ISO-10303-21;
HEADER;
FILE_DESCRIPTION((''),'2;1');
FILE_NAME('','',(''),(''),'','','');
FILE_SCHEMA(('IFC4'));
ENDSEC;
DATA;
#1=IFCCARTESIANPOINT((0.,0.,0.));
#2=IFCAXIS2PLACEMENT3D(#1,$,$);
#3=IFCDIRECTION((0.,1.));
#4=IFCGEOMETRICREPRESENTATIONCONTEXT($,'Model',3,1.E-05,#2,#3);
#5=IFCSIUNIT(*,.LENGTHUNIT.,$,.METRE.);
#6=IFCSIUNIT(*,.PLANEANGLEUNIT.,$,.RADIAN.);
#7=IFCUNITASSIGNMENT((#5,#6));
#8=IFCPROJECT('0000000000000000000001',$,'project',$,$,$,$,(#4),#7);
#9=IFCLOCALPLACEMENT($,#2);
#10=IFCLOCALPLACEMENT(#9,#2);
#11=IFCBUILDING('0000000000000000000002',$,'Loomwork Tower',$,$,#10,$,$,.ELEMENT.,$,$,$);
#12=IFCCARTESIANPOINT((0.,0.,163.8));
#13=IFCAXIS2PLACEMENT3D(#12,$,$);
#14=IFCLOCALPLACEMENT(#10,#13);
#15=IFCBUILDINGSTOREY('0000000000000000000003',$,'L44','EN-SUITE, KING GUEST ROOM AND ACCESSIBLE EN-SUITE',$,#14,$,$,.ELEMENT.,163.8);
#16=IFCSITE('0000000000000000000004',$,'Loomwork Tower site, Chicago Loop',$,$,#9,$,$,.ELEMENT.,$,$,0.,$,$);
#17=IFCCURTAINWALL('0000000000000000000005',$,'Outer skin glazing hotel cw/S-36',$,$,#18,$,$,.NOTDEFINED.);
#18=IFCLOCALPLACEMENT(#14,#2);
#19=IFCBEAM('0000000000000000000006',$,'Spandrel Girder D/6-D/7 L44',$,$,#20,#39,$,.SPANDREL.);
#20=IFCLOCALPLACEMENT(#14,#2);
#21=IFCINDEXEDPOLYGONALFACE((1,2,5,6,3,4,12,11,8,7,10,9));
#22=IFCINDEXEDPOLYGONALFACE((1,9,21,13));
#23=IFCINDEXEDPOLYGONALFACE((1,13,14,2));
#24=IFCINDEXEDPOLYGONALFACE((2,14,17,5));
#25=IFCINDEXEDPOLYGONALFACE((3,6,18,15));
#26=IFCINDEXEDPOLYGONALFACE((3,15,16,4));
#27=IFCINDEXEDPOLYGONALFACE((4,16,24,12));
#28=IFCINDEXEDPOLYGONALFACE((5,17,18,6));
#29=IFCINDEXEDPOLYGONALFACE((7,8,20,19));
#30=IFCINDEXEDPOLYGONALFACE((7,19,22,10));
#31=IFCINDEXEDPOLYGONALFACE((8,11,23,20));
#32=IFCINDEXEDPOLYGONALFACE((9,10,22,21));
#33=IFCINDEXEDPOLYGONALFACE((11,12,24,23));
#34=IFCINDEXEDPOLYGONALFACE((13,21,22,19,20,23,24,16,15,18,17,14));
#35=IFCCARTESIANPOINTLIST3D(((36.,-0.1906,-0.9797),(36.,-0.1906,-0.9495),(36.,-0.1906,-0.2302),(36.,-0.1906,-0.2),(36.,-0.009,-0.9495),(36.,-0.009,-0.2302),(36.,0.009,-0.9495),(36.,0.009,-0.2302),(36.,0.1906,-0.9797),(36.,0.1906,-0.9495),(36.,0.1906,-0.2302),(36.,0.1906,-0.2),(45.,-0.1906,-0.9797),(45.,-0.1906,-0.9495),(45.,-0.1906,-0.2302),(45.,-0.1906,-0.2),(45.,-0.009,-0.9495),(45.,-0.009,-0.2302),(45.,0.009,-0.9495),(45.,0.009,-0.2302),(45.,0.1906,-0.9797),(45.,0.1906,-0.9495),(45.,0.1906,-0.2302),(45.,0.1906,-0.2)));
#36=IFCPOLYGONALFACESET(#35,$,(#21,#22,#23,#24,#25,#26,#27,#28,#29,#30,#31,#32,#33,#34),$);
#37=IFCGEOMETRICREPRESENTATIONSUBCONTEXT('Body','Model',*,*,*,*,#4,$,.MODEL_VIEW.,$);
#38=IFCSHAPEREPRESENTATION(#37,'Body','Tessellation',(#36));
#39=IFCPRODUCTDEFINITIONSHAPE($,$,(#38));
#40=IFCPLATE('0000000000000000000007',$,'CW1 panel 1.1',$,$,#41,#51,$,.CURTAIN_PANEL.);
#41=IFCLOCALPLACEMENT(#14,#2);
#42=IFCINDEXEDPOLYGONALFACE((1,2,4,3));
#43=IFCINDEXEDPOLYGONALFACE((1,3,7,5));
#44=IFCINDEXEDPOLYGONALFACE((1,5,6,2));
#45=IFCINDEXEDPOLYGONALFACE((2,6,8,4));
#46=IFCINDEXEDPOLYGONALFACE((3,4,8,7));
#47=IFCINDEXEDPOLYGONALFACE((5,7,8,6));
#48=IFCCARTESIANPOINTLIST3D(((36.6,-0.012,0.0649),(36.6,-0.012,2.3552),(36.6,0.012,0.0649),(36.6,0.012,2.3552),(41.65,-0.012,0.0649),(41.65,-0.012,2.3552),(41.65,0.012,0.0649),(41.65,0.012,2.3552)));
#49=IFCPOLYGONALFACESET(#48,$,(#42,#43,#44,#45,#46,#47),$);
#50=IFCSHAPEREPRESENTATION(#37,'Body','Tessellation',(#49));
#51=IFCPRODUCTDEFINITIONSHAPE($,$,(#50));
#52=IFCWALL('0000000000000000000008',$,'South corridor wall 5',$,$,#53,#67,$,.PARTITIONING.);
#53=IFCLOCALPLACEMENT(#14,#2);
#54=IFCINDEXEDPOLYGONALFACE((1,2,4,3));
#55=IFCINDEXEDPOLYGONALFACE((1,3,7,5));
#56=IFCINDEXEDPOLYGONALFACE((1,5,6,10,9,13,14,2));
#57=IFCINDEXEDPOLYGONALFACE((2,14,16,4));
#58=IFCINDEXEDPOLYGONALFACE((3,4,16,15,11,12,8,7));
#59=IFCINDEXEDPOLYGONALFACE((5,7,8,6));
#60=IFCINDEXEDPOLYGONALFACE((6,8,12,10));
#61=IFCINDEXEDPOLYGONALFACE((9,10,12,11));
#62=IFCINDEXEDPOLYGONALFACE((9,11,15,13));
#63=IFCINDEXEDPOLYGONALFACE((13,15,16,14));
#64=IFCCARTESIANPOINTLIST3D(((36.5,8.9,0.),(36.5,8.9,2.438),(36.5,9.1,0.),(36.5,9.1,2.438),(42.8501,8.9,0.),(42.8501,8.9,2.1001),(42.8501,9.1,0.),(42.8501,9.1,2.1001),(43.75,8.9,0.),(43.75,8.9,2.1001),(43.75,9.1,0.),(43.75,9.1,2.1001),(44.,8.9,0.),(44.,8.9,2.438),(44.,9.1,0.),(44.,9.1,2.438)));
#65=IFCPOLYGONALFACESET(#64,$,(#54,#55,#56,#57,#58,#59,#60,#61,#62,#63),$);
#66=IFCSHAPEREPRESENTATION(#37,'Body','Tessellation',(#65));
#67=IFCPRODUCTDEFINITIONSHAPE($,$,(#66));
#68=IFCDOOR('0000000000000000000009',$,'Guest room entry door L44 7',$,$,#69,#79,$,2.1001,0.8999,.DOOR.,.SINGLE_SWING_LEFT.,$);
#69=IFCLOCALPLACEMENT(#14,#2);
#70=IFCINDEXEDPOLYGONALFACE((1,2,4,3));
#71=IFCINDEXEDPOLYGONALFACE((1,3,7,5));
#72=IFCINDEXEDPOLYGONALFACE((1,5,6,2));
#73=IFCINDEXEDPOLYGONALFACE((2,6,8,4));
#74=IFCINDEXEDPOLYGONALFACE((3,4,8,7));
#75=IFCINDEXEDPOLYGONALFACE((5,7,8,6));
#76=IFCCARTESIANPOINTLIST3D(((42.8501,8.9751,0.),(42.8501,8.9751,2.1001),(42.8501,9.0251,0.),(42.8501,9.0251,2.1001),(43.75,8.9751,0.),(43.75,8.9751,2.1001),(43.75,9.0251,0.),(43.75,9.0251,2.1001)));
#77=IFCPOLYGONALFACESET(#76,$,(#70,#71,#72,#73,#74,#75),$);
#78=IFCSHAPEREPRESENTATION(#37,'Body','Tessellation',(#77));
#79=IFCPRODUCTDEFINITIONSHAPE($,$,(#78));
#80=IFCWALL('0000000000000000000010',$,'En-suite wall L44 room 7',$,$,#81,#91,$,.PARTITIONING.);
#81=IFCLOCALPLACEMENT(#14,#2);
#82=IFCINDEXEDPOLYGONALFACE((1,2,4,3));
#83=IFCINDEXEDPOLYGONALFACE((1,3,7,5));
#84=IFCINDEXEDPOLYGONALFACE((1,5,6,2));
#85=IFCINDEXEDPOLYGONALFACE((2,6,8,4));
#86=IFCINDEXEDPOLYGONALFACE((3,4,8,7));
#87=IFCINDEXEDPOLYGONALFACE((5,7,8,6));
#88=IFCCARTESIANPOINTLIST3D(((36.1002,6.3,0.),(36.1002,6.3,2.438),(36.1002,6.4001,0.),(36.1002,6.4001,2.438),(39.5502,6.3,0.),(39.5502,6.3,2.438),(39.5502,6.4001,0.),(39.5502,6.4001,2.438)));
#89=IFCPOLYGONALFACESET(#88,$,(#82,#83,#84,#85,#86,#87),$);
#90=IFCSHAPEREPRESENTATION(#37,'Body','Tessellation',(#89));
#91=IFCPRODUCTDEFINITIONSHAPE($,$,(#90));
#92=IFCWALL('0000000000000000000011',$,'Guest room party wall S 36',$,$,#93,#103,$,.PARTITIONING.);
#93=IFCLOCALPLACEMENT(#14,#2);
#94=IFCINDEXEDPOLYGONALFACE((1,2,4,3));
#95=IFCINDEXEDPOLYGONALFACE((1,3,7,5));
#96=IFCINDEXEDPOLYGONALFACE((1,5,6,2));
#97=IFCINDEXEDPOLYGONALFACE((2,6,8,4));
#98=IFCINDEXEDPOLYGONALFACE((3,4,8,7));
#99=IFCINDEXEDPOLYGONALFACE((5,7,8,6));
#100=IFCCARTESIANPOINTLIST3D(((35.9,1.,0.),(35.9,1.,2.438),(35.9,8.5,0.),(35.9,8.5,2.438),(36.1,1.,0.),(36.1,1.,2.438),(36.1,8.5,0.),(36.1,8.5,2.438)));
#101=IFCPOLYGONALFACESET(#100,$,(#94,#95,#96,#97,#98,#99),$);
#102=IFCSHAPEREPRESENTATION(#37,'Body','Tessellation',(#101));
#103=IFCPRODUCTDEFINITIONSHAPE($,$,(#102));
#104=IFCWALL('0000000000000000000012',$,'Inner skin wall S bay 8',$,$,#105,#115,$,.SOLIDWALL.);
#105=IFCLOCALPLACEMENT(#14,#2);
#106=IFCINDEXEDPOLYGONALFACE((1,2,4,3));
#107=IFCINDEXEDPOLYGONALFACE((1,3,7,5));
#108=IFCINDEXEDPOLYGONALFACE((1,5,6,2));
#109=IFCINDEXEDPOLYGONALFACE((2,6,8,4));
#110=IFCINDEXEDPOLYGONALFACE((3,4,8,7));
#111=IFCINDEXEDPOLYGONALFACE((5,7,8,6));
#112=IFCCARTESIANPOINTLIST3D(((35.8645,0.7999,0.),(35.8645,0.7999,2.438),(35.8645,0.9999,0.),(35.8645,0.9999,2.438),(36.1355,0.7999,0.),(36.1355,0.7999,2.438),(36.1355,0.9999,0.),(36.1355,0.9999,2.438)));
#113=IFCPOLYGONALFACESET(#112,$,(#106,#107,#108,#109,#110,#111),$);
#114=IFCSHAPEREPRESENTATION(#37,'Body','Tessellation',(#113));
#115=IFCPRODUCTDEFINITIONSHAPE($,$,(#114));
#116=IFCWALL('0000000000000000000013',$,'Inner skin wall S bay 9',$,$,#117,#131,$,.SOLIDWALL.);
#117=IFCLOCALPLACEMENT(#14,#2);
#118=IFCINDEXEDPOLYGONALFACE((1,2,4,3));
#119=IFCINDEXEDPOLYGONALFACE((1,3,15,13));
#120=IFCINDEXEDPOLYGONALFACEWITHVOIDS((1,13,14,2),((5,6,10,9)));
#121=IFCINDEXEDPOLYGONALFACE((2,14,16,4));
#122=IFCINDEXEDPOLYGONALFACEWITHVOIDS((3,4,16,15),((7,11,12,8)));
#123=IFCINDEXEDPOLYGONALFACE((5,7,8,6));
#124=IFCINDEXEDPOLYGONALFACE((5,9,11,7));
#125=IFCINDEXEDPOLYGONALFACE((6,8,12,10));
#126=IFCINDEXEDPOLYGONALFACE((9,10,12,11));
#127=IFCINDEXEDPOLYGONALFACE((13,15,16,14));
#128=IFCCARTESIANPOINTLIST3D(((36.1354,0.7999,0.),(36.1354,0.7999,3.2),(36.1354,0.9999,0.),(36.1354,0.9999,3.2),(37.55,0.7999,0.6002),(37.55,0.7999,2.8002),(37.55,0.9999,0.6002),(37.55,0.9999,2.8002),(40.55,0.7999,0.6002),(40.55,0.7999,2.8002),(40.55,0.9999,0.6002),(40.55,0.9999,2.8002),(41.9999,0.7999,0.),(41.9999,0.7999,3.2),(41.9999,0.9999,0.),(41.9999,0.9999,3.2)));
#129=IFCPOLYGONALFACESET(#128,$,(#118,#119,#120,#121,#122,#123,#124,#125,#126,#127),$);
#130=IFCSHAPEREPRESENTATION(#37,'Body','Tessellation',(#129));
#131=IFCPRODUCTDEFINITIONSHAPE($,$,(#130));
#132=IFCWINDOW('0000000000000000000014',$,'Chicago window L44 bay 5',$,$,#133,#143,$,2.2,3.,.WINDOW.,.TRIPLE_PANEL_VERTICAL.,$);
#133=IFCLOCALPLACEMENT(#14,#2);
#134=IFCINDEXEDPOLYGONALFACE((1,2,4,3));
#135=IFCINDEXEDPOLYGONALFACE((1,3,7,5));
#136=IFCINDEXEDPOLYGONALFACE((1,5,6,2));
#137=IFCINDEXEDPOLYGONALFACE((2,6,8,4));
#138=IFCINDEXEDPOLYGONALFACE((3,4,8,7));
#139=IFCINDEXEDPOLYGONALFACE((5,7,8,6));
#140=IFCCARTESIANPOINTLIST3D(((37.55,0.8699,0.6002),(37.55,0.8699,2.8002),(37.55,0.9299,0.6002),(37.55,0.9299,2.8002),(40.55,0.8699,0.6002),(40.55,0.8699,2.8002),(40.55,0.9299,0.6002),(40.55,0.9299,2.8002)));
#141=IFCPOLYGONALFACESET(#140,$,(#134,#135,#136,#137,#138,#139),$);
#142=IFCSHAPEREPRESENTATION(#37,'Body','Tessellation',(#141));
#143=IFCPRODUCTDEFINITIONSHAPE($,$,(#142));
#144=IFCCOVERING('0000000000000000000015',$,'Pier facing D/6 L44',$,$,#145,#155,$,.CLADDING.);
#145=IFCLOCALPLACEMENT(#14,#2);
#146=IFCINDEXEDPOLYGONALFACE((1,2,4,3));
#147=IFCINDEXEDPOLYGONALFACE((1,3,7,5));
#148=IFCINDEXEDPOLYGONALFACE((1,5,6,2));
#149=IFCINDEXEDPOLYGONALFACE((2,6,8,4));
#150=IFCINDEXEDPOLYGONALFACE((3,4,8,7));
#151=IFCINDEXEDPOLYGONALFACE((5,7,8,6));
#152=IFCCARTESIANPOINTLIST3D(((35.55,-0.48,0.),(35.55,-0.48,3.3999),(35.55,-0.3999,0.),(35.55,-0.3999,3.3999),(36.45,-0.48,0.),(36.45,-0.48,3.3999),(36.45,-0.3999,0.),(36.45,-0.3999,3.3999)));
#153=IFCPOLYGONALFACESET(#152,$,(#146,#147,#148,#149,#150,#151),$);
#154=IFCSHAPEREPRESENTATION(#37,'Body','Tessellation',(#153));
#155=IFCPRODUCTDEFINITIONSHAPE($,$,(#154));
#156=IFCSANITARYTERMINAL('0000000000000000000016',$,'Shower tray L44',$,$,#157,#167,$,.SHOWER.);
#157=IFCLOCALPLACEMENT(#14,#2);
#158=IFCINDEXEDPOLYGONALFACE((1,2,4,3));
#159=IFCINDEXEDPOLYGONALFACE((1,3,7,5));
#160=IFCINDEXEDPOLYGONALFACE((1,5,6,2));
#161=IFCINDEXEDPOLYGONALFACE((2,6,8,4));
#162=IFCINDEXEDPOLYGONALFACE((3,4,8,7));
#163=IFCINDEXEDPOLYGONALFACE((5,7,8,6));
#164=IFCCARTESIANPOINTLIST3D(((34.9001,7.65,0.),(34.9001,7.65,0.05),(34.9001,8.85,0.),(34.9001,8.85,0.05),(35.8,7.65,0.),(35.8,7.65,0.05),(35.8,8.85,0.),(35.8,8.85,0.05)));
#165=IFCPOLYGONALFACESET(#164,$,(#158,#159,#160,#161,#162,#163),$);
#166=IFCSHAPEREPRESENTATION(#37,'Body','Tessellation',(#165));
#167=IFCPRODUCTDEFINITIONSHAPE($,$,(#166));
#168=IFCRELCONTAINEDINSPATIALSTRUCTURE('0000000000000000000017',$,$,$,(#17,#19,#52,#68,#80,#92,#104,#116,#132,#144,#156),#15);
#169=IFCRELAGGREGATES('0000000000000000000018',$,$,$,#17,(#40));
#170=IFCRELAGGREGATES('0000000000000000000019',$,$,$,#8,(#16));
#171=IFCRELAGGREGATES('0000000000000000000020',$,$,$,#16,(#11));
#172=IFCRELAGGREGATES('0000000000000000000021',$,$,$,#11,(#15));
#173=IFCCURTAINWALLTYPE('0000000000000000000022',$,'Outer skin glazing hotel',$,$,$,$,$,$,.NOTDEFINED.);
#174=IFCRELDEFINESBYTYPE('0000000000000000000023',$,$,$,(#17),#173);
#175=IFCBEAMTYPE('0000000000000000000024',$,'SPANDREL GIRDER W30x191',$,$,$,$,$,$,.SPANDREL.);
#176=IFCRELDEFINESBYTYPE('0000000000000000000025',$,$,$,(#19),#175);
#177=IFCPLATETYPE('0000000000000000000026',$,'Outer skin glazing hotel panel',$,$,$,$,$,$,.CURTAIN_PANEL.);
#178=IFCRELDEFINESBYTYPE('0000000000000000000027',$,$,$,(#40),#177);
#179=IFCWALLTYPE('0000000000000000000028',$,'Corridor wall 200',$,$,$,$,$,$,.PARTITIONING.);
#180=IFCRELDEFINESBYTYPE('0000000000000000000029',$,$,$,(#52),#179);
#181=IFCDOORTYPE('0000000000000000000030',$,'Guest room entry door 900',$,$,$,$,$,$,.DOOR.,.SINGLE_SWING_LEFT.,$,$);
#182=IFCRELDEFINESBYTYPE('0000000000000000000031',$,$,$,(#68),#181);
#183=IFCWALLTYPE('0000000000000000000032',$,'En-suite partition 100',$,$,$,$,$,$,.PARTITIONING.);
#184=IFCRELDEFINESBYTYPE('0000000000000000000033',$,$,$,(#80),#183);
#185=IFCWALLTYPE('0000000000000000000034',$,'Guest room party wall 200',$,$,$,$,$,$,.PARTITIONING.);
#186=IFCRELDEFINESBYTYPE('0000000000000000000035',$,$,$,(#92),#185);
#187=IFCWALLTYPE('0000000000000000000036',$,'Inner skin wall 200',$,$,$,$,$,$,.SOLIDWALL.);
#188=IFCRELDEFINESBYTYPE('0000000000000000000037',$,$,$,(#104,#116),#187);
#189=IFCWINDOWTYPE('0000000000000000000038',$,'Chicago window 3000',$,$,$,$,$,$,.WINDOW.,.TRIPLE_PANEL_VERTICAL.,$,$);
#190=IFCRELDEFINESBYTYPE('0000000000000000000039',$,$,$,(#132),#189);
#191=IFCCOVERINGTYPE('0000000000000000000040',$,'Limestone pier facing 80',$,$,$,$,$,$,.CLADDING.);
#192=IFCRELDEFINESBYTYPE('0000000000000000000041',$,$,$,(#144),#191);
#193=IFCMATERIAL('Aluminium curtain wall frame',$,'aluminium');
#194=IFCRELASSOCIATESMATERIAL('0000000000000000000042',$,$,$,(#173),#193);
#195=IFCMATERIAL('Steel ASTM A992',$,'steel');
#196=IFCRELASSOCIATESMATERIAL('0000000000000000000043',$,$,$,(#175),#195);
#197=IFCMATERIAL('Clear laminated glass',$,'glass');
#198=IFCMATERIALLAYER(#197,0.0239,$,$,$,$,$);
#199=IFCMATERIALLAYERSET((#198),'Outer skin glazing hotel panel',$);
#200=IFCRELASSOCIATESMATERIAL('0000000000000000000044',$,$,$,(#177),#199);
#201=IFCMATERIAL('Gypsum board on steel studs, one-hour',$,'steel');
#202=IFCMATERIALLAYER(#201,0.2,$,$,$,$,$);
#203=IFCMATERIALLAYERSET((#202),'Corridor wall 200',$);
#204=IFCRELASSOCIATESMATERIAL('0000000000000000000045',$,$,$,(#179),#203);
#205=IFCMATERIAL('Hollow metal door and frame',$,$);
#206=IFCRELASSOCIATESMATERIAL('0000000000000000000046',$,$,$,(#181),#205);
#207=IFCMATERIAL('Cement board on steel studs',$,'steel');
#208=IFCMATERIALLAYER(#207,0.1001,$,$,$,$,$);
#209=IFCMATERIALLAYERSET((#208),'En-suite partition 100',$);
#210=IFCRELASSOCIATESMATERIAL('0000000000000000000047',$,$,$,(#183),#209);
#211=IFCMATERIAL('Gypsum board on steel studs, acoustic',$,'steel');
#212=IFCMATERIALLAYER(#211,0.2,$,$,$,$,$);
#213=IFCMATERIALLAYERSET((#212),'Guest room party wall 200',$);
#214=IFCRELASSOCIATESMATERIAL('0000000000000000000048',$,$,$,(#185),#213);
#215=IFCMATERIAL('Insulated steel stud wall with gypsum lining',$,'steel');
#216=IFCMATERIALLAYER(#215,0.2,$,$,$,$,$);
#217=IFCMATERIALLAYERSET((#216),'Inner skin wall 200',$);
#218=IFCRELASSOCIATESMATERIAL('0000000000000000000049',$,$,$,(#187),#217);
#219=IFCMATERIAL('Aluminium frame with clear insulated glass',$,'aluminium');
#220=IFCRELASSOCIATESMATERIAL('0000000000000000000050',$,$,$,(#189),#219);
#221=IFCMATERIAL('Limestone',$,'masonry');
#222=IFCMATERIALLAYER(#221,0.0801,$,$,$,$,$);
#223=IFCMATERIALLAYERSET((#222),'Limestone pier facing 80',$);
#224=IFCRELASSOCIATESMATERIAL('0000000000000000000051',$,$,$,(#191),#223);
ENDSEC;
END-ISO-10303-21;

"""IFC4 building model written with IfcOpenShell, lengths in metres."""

from ifc_helpers import new_model, si_unit, direction, frame, frame_2d, origin, origin_2d, place, context, subcontext, project, spatial, rectangle, i_section, extrude, material, layer, layer_set, material_profile, profile_set, type_object, element, fill, aggregate, save


model = new_model("IFC4")

# Units and contexts
model_context = context("Model", 3, precision=1e-05, world=origin(), true_north=direction((0.0, 1.0)))
body_context = subcontext(model_context, "Body", "Model", "MODEL_VIEW")
ifc_project = project(units=[si_unit("LENGTHUNIT", "METRE"), si_unit("PLANEANGLEUNIT", "RADIAN")], contexts=[model_context])

# Site, building, storey
site_placement = place(None, origin())
site = spatial("IfcSite", under=ifc_project, at=site_placement, Name="Loomwork Tower site, Chicago Loop", CompositionType="ELEMENT", RefElevation=0.0)
building_placement = place(site_placement, origin())
building = spatial("IfcBuilding", under=site, at=building_placement, Name="Loomwork Tower", CompositionType="ELEMENT")
storey_placement = place(building_placement, frame((0.0, 0.0, 163.8)))
storey = spatial("IfcBuildingStorey", under=building, at=storey_placement, Name="L44", Description="EN-SUITE, KING GUEST ROOM AND ACCESSIBLE EN-SUITE", CompositionType="ELEMENT", Elevation=163.8)

# Shared definitions
ifc_material_1 = material(Name="Aluminium curtain wall frame", Category="aluminium")
curtain_wall_type = type_object("IfcCurtainWallType", Name="Outer skin glazing hotel", PredefinedType="NOTDEFINED", material=ifc_material_1)

# Curtain wall
curtain_wall_1_placement = place(storey_placement, origin())
curtain_wall_1 = element("IfcCurtainWall", 1, at=curtain_wall_1_placement, inside=storey, type_object=curtain_wall_type, Name="Outer skin glazing hotel cw/S-36", PredefinedType="NOTDEFINED")

# Beam
ifc_material_2 = material(Name="Steel ASTM A992", Category="steel")
ifc_material_profile_1 = material_profile(ifc_material_2, i_section(OverallWidth=0.3811, OverallDepth=0.7798, WebThickness=0.0181, FlangeThickness=0.0303, at=origin_2d()), Name="W30x191")
ifc_profile_set_1 = profile_set([ifc_material_profile_1], Name="Steel ASTM A992")
beam_type_1 = type_object("IfcBeamType", Name="SPANDREL GIRDER W30x191", PredefinedType="SPANDREL", material=ifc_profile_set_1)
beam_1_placement = place(storey_placement, frame((36.0, 0.0, -0.5898), z_axis=(1.0, 0.0, 0.0), x_axis=(0.0, 1.0, 0.0)))
element("IfcBeam", 2, at=beam_1_placement, inside=storey, type_object=beam_type_1, Name="Spandrel Girder D/6-D/7 L44", PredefinedType="SPANDREL", context=body_context, shape_type="SweptSolid", body=[
    extrude(i_section(OverallWidth=0.3811, OverallDepth=0.7798, WebThickness=0.0181, FlangeThickness=0.0303, at=origin_2d()), origin(), (0.0, 0.0, 1.0), 9.0),
])

# Plate
ifc_material_3 = material(Name="Clear laminated glass", Category="glass")
ifc_layer_1 = layer(ifc_material_3, 0.0239)
ifc_layer_set_1 = layer_set([ifc_layer_1], Name="Outer skin glazing hotel panel")
plate_type = type_object("IfcPlateType", Name="Outer skin glazing hotel panel", PredefinedType="CURTAIN_PANEL", material=ifc_layer_set_1)
plate_placement = place(storey_placement, frame((39.125, 0.0, 0.0649), z_axis=(0.0, 0.0, 1.0), x_axis=(1.0, 0.0, 0.0)))
plate = element("IfcPlate", 3, at=plate_placement, type_object=plate_type, Name="CW1 panel 1.1", PredefinedType="CURTAIN_PANEL", context=body_context, shape_type="SweptSolid", body=[
    extrude(rectangle(XDim=5.05, YDim=0.0239, at=origin_2d()), origin(), (0.0, 0.0, 1.0), 2.2903),
])
aggregate(curtain_wall_1, [plate])

# Wall, opening, door
ifc_material_4 = material(Name="Gypsum board on steel studs, one-hour", Category="steel")
ifc_layer_2 = layer(ifc_material_4, 0.2)
ifc_layer_set_2 = layer_set([ifc_layer_2], Name="Corridor wall 200")
wall_type_1 = type_object("IfcWallType", Name="Corridor wall 200", PredefinedType="PARTITIONING", material=ifc_layer_set_2)
wall_1_placement = place(storey_placement, frame((36.5, 9.0, 0.0), z_axis=(0.0, 0.0, 1.0), x_axis=(1.0, 0.0, 0.0)))
wall_1 = element("IfcWall", 4, at=wall_1_placement, inside=storey, type_object=wall_type_1, Name="South corridor wall 5", PredefinedType="PARTITIONING", context=body_context, shape_type="SweptSolid", body=[
    extrude(rectangle(XDim=7.5, YDim=0.2, at=frame_2d((3.75, 0.0))), origin(), (0.0, 0.0, 1.0), 2.438),
])
opening_1_placement = place(wall_1_placement, frame((6.3501, 0.0, 0.0)))
opening_1 = element("IfcOpeningElement", 5, at=opening_1_placement, cuts=wall_1, PredefinedType="OPENING", context=body_context, shape_type="SweptSolid", body=[
    extrude(rectangle(XDim=0.8999, YDim=2.1001, at=frame_2d((0.45, 1.05))), frame((0.0, 0.1099, 0.0), z_axis=(0.0, -1.0, 0.0), x_axis=(1.0, 0.0, 0.0)), (0.0, 0.0, 1.0), 0.22),
])
ifc_material_5 = material(Name="Hollow metal door and frame")
door_type = type_object("IfcDoorType", Name="Guest room entry door 900", OperationType="SINGLE_SWING_LEFT", PredefinedType="DOOR", material=ifc_material_5)
door_placement = place(opening_1_placement, frame((0.8999, 0.0, 0.0), z_axis=(0.0, 0.0, 1.0), x_axis=(-1.0, 0.0, 0.0)))
door = element("IfcDoor", 6, at=door_placement, inside=storey, type_object=door_type, Name="Guest room entry door L44 7", OperationType="SINGLE_SWING_LEFT", OverallHeight=2.1001, OverallWidth=0.8999, PredefinedType="DOOR", context=body_context, shape_type="SweptSolid", body=[
    extrude(rectangle(XDim=0.8999, YDim=2.1001, at=frame_2d((0.45, 1.05))), frame((0.0, 0.0249, 0.0), z_axis=(0.0, -1.0, 0.0), x_axis=(1.0, 0.0, 0.0)), (0.0, 0.0, 1.0), 0.05),
])
fill(opening_1, door)

# Walls
ifc_material_6 = material(Name="Cement board on steel studs", Category="steel")
ifc_layer_3 = layer(ifc_material_6, 0.1001)
ifc_layer_set_3 = layer_set([ifc_layer_3], Name="En-suite partition 100")
wall_type_2 = type_object("IfcWallType", Name="En-suite partition 100", PredefinedType="PARTITIONING", material=ifc_layer_set_3)
wall_2_placement = place(storey_placement, frame((36.1001, 6.3501, 0.0), z_axis=(0.0, 0.0, 1.0), x_axis=(1.0, 0.0, 0.0)))
element("IfcWall", 7, at=wall_2_placement, inside=storey, type_object=wall_type_2, Name="En-suite wall L44 room 7", PredefinedType="PARTITIONING", context=body_context, shape_type="SweptSolid", body=[
    extrude(rectangle(XDim=3.45, YDim=0.1001, at=frame_2d((1.7251, 0.0))), origin(), (0.0, 0.0, 1.0), 2.438),
])
ifc_material_7 = material(Name="Gypsum board on steel studs, acoustic", Category="steel")
ifc_layer_4 = layer(ifc_material_7, 0.2)
ifc_layer_set_4 = layer_set([ifc_layer_4], Name="Guest room party wall 200")
wall_type_3 = type_object("IfcWallType", Name="Guest room party wall 200", PredefinedType="PARTITIONING", material=ifc_layer_set_4)
wall_3_placement = place(storey_placement, frame((36.0, 8.5, 0.0), z_axis=(0.0, 0.0, 1.0), x_axis=(0.0, -1.0, 0.0)))
element("IfcWall", 8, at=wall_3_placement, inside=storey, type_object=wall_type_3, Name="Guest room party wall S 36", PredefinedType="PARTITIONING", context=body_context, shape_type="SweptSolid", body=[
    extrude(rectangle(XDim=7.5, YDim=0.2, at=frame_2d((3.75, 0.0))), origin(), (0.0, 0.0, 1.0), 2.438),
])
ifc_material_8 = material(Name="Insulated steel stud wall with gypsum lining", Category="steel")
ifc_layer_5 = layer(ifc_material_8, 0.2)
ifc_layer_set_5 = layer_set([ifc_layer_5], Name="Inner skin wall 200")
wall_type_4 = type_object("IfcWallType", Name="Inner skin wall 200", PredefinedType="SOLIDWALL", material=ifc_layer_set_5)
wall_4_placement = place(storey_placement, frame((35.8645, 0.8999, 0.0), z_axis=(0.0, 0.0, 1.0), x_axis=(1.0, 0.0, 0.0)))
element("IfcWall", 9, at=wall_4_placement, inside=storey, type_object=wall_type_4, Name="Inner skin wall S bay 8", PredefinedType="SOLIDWALL", context=body_context, shape_type="SweptSolid", body=[
    extrude(rectangle(XDim=0.271, YDim=0.2, at=frame_2d((0.1355, 0.0))), origin(), (0.0, 0.0, 1.0), 2.438),
])

# Wall, opening, window
wall_5_placement = place(storey_placement, frame((36.1355, 0.8999, 0.0), z_axis=(0.0, 0.0, 1.0), x_axis=(1.0, 0.0, 0.0)))
wall_5 = element("IfcWall", 10, at=wall_5_placement, inside=storey, type_object=wall_type_4, Name="Inner skin wall S bay 9", PredefinedType="SOLIDWALL", context=body_context, shape_type="SweptSolid", body=[
    extrude(rectangle(XDim=5.8645, YDim=0.2, at=frame_2d((2.9321, 0.0))), origin(), (0.0, 0.0, 1.0), 3.2),
])
opening_2_placement = place(wall_5_placement, frame((1.4146, 0.0, 0.6001)))
opening_2 = element("IfcOpeningElement", 11, at=opening_2_placement, cuts=wall_5, PredefinedType="OPENING", context=body_context, shape_type="SweptSolid", body=[
    extrude(rectangle(XDim=3.0, YDim=2.2, at=frame_2d((1.5, 1.1001))), frame((0.0, 0.1099, 0.0), z_axis=(0.0, -1.0, 0.0), x_axis=(1.0, 0.0, 0.0)), (0.0, 0.0, 1.0), 0.22),
])
ifc_material_9 = material(Name="Aluminium frame with clear insulated glass", Category="aluminium")
window_type = type_object("IfcWindowType", Name="Chicago window 3000", PartitioningType="TRIPLE_PANEL_VERTICAL", PredefinedType="WINDOW", material=ifc_material_9)
window_placement = place(opening_2_placement, origin())
window = element("IfcWindow", 12, at=window_placement, inside=storey, type_object=window_type, Name="Chicago window L44 bay 5", OverallHeight=2.2, OverallWidth=3.0, PartitioningType="TRIPLE_PANEL_VERTICAL", PredefinedType="WINDOW", context=body_context, shape_type="SweptSolid", body=[
    extrude(rectangle(XDim=3.0, YDim=2.2, at=frame_2d((1.5, 1.1001))), frame((0.0, 0.03, 0.0), z_axis=(0.0, -1.0, 0.0), x_axis=(1.0, 0.0, 0.0)), (0.0, 0.0, 1.0), 0.0601),
])
fill(opening_2, window)

# Covering
ifc_material_10 = material(Name="Limestone", Category="masonry")
ifc_layer_6 = layer(ifc_material_10, 0.0801)
ifc_layer_set_6 = layer_set([ifc_layer_6], Name="Limestone pier facing 80")
covering_type = type_object("IfcCoveringType", Name="Limestone pier facing 80", PredefinedType="CLADDING", material=ifc_layer_set_6)
covering_placement = place(storey_placement, frame((36.0, -0.4399, 0.0), z_axis=(0.0, 0.0, 1.0), x_axis=(1.0, 0.0, 0.0)))
element("IfcCovering", 13, at=covering_placement, inside=storey, type_object=covering_type, Name="Pier facing D/6 L44", PredefinedType="CLADDING", context=body_context, shape_type="SweptSolid", body=[
    extrude(rectangle(XDim=0.8999, YDim=0.0801, at=origin_2d()), origin(), (0.0, 0.0, 1.0), 3.3999),
])

# Sanitary terminal
sanitary_terminal_1_placement = place(storey_placement, frame((35.3501, 8.25, 0.0), z_axis=(0.0, 0.0, 1.0), x_axis=(1.0, 0.0, 0.0)))
element("IfcSanitaryTerminal", 14, at=sanitary_terminal_1_placement, inside=storey, Name="Shower tray L44", PredefinedType="SHOWER", context=body_context, shape_type="SweptSolid", body=[
    extrude(rectangle(XDim=0.8999, YDim=1.2, at=origin_2d()), origin(), (0.0, 0.0, 1.0), 0.05),
])

save(model, "model.ifc")
